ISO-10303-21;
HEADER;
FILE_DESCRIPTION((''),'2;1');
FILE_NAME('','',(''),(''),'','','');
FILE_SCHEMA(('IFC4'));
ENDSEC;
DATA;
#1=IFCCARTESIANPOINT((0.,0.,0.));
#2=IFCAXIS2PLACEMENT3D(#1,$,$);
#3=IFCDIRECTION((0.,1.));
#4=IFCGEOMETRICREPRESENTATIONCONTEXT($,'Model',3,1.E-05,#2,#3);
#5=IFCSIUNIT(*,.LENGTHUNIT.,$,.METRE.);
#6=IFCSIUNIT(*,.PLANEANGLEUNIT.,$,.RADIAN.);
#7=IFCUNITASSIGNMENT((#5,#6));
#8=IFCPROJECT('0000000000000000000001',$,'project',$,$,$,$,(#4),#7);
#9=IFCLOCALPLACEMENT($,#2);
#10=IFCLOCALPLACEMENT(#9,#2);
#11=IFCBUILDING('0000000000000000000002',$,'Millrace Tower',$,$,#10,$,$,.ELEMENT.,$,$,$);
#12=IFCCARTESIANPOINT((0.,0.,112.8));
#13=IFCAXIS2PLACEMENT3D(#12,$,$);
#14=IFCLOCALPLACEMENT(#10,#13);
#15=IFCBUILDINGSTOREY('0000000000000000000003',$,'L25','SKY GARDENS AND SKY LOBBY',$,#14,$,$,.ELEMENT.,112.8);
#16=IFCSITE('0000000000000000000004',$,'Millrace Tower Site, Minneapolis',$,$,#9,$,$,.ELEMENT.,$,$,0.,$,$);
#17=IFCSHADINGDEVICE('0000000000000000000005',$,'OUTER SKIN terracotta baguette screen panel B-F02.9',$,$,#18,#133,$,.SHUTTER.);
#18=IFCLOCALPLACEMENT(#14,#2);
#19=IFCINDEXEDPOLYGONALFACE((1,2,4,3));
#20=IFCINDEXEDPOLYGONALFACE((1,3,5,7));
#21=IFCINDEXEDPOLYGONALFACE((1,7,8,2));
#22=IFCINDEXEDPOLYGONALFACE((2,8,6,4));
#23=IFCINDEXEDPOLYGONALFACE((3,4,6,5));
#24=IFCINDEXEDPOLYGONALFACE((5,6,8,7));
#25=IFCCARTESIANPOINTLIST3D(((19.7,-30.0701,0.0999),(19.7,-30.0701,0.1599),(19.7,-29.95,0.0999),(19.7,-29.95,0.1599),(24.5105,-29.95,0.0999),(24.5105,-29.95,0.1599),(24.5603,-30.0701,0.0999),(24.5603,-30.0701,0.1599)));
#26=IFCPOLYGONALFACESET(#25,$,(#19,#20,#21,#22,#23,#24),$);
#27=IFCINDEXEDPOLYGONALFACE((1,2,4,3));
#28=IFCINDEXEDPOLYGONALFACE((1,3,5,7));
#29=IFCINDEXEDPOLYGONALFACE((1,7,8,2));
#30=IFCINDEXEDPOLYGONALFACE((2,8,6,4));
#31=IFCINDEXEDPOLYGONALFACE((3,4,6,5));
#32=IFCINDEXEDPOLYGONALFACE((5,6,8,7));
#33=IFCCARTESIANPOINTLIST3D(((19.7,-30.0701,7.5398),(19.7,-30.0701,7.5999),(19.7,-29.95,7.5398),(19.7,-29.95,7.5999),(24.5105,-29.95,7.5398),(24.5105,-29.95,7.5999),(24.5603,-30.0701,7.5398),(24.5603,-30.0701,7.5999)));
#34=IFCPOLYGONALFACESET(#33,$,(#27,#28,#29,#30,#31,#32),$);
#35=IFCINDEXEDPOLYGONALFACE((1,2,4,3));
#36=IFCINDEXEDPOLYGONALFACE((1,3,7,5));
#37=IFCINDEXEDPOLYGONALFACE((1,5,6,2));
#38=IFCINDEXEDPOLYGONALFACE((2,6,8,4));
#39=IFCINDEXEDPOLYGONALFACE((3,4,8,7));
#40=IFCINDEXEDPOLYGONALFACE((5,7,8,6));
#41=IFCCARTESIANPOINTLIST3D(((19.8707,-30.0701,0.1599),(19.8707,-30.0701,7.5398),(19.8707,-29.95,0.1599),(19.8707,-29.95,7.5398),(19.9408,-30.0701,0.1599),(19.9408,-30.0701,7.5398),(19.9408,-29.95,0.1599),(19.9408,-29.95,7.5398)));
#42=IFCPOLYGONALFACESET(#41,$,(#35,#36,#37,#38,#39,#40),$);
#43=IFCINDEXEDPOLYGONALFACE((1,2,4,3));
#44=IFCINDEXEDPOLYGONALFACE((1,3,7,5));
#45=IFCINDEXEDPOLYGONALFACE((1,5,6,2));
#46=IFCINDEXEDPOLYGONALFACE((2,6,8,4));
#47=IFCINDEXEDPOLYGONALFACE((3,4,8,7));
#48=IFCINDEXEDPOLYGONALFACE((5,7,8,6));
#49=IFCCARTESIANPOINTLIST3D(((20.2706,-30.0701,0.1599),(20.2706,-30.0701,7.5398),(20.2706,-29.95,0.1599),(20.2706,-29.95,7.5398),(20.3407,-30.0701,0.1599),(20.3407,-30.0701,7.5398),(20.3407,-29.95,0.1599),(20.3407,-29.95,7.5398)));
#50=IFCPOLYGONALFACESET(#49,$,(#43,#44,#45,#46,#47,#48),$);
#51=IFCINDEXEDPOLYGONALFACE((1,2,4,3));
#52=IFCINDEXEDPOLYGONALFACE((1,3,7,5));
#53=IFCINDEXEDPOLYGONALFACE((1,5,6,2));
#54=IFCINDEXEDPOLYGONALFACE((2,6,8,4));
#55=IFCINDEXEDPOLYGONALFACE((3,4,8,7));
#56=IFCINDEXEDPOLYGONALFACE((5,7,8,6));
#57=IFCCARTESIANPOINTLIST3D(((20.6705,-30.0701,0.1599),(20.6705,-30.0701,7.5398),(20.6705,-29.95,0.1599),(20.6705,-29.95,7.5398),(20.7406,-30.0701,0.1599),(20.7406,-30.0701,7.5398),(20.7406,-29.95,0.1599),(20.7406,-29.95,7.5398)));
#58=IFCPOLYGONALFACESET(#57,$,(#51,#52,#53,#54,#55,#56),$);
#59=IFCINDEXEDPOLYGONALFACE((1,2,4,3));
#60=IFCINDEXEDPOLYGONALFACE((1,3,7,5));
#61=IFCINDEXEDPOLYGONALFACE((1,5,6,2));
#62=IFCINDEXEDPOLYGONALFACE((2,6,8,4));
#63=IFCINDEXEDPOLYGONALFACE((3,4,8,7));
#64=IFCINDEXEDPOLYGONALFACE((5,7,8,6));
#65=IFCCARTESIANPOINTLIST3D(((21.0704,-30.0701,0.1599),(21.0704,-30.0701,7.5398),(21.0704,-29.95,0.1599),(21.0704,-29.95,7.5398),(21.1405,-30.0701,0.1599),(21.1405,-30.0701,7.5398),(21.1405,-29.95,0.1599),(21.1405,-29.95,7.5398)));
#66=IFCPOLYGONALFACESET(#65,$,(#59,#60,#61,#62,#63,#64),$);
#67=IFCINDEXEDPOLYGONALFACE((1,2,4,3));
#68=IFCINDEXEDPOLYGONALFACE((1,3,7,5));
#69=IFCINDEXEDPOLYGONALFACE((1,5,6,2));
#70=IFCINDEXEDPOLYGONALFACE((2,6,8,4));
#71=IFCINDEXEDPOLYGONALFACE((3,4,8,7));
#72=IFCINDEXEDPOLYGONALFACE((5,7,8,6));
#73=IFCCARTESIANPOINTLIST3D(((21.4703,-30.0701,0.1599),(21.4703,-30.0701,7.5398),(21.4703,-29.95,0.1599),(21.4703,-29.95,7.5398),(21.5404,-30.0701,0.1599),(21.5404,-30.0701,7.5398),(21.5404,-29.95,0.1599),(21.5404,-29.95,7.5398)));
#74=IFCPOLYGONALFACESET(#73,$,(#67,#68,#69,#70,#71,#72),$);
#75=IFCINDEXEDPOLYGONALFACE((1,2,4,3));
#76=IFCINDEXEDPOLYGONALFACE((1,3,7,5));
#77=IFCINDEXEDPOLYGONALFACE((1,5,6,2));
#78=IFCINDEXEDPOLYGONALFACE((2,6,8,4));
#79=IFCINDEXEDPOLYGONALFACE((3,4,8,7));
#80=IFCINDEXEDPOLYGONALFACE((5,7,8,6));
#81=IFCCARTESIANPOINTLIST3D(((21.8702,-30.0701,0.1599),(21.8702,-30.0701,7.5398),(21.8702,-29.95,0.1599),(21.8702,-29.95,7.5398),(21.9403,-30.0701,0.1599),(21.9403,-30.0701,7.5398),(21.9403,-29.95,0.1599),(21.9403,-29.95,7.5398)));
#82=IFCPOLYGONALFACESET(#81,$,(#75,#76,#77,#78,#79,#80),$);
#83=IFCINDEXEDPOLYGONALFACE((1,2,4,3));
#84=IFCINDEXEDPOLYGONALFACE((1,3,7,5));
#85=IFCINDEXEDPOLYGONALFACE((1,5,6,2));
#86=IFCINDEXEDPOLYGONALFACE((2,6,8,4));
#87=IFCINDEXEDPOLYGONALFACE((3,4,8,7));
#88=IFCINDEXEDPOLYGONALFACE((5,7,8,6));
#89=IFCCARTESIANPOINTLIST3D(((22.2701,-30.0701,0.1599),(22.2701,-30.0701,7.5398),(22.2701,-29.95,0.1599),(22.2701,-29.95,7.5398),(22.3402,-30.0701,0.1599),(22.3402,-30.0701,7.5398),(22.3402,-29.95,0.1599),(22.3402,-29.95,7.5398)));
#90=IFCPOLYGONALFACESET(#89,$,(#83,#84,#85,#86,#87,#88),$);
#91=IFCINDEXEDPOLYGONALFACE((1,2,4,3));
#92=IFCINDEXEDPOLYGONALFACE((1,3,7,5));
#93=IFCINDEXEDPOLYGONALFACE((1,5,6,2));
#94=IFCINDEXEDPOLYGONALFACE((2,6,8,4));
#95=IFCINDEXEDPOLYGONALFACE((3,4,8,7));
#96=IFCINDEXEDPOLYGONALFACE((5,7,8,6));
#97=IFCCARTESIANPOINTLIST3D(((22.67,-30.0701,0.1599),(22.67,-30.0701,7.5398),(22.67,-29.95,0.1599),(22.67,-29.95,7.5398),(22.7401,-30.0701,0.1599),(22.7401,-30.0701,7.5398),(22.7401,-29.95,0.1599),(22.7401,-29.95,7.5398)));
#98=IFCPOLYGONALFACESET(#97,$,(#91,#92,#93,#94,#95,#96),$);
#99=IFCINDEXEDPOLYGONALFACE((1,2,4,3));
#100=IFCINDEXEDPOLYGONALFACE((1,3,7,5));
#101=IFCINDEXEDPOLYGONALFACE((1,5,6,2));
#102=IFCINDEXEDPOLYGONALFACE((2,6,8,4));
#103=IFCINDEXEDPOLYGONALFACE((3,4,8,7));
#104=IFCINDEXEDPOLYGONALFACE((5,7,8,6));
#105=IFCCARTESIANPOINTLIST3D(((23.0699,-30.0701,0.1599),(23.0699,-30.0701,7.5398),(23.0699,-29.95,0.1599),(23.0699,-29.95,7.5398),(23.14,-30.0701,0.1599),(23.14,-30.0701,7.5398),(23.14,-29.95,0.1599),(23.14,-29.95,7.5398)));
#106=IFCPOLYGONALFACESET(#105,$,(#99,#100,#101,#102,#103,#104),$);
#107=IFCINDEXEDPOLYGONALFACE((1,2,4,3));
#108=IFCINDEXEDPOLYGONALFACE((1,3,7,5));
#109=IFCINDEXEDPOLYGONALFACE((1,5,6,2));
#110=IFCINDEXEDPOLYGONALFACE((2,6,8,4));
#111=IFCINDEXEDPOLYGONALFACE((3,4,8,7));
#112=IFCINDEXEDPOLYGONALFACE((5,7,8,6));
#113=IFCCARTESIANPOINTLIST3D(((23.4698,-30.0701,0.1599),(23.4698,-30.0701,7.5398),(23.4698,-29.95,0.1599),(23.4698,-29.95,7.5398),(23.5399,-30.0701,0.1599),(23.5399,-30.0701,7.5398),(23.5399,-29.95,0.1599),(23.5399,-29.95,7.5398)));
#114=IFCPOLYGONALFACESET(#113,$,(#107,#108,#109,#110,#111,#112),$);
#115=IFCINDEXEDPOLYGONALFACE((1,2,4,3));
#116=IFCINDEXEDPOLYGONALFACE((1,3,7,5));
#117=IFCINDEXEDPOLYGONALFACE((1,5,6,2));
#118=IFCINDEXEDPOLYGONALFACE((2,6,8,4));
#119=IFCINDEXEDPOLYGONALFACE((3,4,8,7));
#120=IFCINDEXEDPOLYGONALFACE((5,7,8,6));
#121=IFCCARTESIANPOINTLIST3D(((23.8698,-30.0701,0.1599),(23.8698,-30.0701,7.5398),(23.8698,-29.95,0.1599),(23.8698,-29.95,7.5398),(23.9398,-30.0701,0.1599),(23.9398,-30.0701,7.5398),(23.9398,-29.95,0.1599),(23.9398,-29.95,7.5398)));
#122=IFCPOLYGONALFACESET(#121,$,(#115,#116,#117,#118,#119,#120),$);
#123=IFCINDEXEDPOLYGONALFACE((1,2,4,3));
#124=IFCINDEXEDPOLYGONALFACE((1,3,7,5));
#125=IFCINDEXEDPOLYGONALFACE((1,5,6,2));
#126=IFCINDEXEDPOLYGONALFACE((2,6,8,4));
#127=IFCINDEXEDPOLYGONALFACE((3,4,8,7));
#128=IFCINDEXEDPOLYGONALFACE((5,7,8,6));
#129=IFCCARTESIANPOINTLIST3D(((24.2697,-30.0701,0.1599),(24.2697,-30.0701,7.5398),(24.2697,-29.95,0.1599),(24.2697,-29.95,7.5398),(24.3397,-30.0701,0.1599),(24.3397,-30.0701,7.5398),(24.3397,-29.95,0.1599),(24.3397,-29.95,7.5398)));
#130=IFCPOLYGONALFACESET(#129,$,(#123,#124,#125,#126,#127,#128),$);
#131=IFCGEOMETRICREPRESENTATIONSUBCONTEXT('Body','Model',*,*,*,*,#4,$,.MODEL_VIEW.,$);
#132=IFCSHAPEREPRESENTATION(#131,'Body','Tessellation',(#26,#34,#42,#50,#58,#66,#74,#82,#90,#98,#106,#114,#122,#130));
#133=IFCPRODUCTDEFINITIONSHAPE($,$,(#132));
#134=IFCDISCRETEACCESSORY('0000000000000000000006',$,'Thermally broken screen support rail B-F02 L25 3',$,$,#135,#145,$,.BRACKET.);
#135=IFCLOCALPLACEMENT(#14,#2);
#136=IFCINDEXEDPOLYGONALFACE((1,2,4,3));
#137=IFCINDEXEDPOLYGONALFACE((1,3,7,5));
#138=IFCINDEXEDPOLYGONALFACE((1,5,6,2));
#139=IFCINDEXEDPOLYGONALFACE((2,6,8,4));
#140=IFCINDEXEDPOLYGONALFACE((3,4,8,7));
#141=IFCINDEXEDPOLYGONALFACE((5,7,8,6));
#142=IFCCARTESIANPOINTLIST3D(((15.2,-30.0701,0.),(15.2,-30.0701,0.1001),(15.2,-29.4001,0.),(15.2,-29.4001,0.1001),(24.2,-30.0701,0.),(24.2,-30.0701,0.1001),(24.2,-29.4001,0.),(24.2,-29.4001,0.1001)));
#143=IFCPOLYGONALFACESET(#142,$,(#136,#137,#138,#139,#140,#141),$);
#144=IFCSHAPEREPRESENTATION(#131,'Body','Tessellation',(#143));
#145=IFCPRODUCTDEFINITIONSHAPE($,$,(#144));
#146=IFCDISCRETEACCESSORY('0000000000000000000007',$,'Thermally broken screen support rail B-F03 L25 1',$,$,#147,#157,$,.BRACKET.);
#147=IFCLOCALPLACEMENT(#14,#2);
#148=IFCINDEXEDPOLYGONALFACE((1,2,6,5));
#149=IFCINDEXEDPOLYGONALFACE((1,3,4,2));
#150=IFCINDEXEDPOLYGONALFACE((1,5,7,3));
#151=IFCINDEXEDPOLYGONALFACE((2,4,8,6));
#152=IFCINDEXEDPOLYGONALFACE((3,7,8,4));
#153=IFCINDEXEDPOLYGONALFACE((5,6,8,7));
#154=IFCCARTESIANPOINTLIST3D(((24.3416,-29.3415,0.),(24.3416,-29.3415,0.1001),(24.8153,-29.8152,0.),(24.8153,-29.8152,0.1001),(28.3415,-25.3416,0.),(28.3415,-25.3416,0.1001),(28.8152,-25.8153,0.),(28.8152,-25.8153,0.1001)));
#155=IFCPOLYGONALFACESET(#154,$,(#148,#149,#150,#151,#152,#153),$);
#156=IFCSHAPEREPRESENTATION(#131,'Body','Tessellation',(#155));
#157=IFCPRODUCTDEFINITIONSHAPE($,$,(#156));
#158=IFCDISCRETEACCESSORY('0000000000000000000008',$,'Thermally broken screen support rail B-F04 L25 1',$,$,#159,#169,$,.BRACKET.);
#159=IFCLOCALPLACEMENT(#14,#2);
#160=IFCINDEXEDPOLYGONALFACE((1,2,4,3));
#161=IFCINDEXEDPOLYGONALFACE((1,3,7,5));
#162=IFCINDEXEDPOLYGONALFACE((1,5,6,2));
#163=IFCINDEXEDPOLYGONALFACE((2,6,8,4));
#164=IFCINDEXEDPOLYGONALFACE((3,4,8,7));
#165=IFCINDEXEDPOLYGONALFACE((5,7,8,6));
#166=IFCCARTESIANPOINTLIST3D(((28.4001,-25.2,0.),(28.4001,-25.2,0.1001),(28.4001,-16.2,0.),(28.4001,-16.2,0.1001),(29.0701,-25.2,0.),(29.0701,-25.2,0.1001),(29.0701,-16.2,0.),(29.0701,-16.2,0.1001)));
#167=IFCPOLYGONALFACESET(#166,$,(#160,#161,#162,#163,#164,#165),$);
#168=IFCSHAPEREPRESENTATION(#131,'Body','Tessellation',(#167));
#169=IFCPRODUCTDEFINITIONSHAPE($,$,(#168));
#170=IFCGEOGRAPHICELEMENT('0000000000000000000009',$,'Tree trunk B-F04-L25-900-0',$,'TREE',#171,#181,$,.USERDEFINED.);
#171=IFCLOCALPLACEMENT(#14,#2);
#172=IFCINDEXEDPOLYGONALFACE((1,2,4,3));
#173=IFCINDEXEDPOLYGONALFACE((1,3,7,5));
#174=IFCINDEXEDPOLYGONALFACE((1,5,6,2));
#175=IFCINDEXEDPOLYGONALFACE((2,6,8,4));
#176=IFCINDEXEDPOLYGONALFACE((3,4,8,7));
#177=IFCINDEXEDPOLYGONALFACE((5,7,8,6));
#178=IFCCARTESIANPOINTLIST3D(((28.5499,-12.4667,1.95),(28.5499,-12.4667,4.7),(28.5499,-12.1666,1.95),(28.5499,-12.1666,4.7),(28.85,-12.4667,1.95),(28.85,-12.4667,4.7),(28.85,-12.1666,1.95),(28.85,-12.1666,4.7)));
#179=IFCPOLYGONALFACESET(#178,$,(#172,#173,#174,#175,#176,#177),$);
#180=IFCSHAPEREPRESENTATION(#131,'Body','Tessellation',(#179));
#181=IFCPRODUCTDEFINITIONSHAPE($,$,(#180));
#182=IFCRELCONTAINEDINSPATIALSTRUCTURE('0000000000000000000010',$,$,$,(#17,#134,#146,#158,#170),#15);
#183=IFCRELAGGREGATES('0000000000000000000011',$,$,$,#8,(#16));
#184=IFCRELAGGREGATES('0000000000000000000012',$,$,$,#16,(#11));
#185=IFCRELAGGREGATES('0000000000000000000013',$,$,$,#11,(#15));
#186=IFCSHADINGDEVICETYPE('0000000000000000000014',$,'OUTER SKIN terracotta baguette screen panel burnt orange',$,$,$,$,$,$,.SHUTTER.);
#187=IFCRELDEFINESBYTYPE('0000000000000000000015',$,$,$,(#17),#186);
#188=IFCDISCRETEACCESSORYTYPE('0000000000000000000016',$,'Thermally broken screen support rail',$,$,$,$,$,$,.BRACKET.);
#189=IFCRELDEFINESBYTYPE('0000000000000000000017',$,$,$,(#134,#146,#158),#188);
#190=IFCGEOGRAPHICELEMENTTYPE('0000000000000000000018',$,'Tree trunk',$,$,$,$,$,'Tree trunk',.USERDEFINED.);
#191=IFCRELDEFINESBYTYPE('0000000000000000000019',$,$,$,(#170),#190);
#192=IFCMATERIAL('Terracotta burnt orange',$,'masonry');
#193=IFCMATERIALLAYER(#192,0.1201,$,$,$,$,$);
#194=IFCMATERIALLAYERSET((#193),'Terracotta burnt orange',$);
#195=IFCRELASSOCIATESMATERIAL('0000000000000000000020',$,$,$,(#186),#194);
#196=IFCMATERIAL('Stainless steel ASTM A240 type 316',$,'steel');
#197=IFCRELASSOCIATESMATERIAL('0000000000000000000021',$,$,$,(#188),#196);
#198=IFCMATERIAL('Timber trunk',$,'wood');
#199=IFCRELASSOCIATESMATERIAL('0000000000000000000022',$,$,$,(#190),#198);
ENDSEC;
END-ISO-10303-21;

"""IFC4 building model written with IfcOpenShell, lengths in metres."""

from ifc_helpers import new_model, entity, si_unit, direction, frame, frame_2d, origin, origin_2d, place, context, subcontext, project, spatial, rectangle, extrude, source, transform, mapped, material, layer, layer_set, type_object, element, save


model = new_model("IFC4")

# Units and contexts
model_context = context("Model", 3, precision=1e-05, world=origin(), true_north=direction((0.0, 1.0)))
body_context = subcontext(model_context, "Body", "Model", "MODEL_VIEW")
ifc_project = project(units=[si_unit("LENGTHUNIT", "METRE"), si_unit("PLANEANGLEUNIT", "RADIAN")], contexts=[model_context])

# Site, building, storey
site_placement = place(None, origin())
site = spatial("IfcSite", under=ifc_project, at=site_placement, Name="Millrace Tower Site, Minneapolis", CompositionType="ELEMENT", RefElevation=0.0)
building_placement = place(site_placement, origin())
building = spatial("IfcBuilding", under=site, at=building_placement, Name="Millrace Tower", CompositionType="ELEMENT")
storey_placement = place(building_placement, frame((0.0, 0.0, 112.8)))
storey = spatial("IfcBuildingStorey", under=building, at=storey_placement, Name="L25", Description="SKY GARDENS AND SKY LOBBY", CompositionType="ELEMENT", Elevation=112.8)

# Shading device
ifc_material_1 = material(Name="Terracotta burnt orange", Category="masonry")
ifc_layer_1 = layer(ifc_material_1, 0.1201)
ifc_layer_set_1 = layer_set([ifc_layer_1], Name="Terracotta burnt orange")
shading_device_type = type_object("IfcShadingDeviceType", Name="OUTER SKIN terracotta baguette screen panel burnt orange", PredefinedType="SHUTTER", material=ifc_layer_set_1)
cartesian_point_1 = entity("IfcCartesianPoint", [-2.4177, 0.0601])
shared_polyline_1 = entity("IfcPolyline", [cartesian_point_1, entity("IfcCartesianPoint", [2.3928, 0.0601]), entity("IfcCartesianPoint", [2.4426, -0.0601]), entity("IfcCartesianPoint", [-2.4177, -0.0601]), cartesian_point_1])
shared_shape_1 = source(origin(), body_context, "Body", "SweptSolid", [
    entity("IfcExtrudedAreaSolid", entity("IfcArbitraryClosedProfileDef", "AREA", None, shared_polyline_1), entity("IfcAxis2Placement3D", entity("IfcCartesianPoint", [0.0, 0.0, 0.0])), entity("IfcDirection", [0.0, 0.0, 1.0]), 0.0601),
    entity("IfcExtrudedAreaSolid", entity("IfcArbitraryClosedProfileDef", "AREA", None, shared_polyline_1), entity("IfcAxis2Placement3D", entity("IfcCartesianPoint", [0.0, 0.0, 7.4399])), entity("IfcDirection", [0.0, 0.0, 1.0]), 0.0601),
    extrude(rectangle(XDim=0.0701, YDim=0.1201, at=frame_2d((-2.2119, 0.0))), frame((0.0, 0.0, 0.0601)), (0.0, 0.0, 1.0), 7.3799),
    extrude(rectangle(XDim=0.0701, YDim=0.1201, at=frame_2d((-1.812, 0.0))), frame((0.0, 0.0, 0.0601)), (0.0, 0.0, 1.0), 7.3799),
    extrude(rectangle(XDim=0.0701, YDim=0.1201, at=frame_2d((-1.4121, 0.0))), frame((0.0, 0.0, 0.0601)), (0.0, 0.0, 1.0), 7.3799),
    extrude(rectangle(XDim=0.0701, YDim=0.1201, at=frame_2d((-1.0122, 0.0))), frame((0.0, 0.0, 0.0601)), (0.0, 0.0, 1.0), 7.3799),
    extrude(rectangle(XDim=0.0701, YDim=0.1201, at=frame_2d((-0.6123, 0.0))), frame((0.0, 0.0, 0.0601)), (0.0, 0.0, 1.0), 7.3799),
    extrude(rectangle(XDim=0.0701, YDim=0.1201, at=frame_2d((-0.2124, 0.0))), frame((0.0, 0.0, 0.0601)), (0.0, 0.0, 1.0), 7.3799),
    extrude(rectangle(XDim=0.0701, YDim=0.1201, at=frame_2d((0.1875, 0.0))), frame((0.0, 0.0, 0.0601)), (0.0, 0.0, 1.0), 7.3799),
    extrude(rectangle(XDim=0.0701, YDim=0.1201, at=frame_2d((0.5874, 0.0))), frame((0.0, 0.0, 0.0601)), (0.0, 0.0, 1.0), 7.3799),
    extrude(rectangle(XDim=0.0701, YDim=0.1201, at=frame_2d((0.9873, 0.0))), frame((0.0, 0.0, 0.0601)), (0.0, 0.0, 1.0), 7.3799),
    extrude(rectangle(XDim=0.0701, YDim=0.1201, at=frame_2d((1.3872, 0.0))), frame((0.0, 0.0, 0.0601)), (0.0, 0.0, 1.0), 7.3799),
    extrude(rectangle(XDim=0.0701, YDim=0.1201, at=frame_2d((1.7871, 0.0))), frame((0.0, 0.0, 0.0601)), (0.0, 0.0, 1.0), 7.3799),
    extrude(rectangle(XDim=0.0701, YDim=0.1201, at=frame_2d((2.187, 0.0))), frame((0.0, 0.0, 0.0601)), (0.0, 0.0, 1.0), 7.3799),
])
shading_device_1_placement = place(storey_placement, frame((22.1177, -30.01, 0.0999), z_axis=(0.0, 0.0, 1.0), x_axis=(1.0, 0.0, 0.0)))
element("IfcShadingDevice", 1, at=shading_device_1_placement, inside=storey, type_object=shading_device_type, Name="OUTER SKIN terracotta baguette screen panel B-F02.9", PredefinedType="SHUTTER", context=body_context, shape_type="MappedRepresentation", body=[
    mapped(shared_shape_1, transform((0.0, 0.0, 0.0), scale=1.0)),
])

# Discrete accessories
ifc_material_2 = material(Name="Stainless steel ASTM A240 type 316", Category="steel")
discrete_accessory_type = type_object("IfcDiscreteAccessoryType", Name="Thermally broken screen support rail", PredefinedType="BRACKET", material=ifc_material_2)
discrete_accessory_1_placement = place(storey_placement, frame((19.7, -29.7351, 0.0), z_axis=(0.0, 0.0, 1.0), x_axis=(1.0, 0.0, 0.0)))
element("IfcDiscreteAccessory", 2, at=discrete_accessory_1_placement, inside=storey, type_object=discrete_accessory_type, Name="Thermally broken screen support rail B-F02 L25 3", PredefinedType="BRACKET", context=body_context, shape_type="SweptSolid", body=[
    extrude(rectangle(XDim=9.0, YDim=0.6699, at=origin_2d()), origin(), (0.0, 0.0, 1.0), 0.1001),
])
discrete_accessory_2_placement = place(storey_placement, frame((26.5784, -27.5784, 0.0), z_axis=(0.0, 0.0, 1.0), x_axis=(0.707107, 0.707107, 0.0)))
element("IfcDiscreteAccessory", 3, at=discrete_accessory_2_placement, inside=storey, type_object=discrete_accessory_type, Name="Thermally broken screen support rail B-F03 L25 1", PredefinedType="BRACKET", context=body_context, shape_type="SweptSolid", body=[
    extrude(rectangle(XDim=5.6567, YDim=0.6699, at=origin_2d()), origin(), (0.0, 0.0, 1.0), 0.1001),
])
discrete_accessory_3_placement = place(storey_placement, frame((28.7351, -20.7, 0.0), z_axis=(0.0, 0.0, 1.0), x_axis=(0.0, 1.0, 0.0)))
element("IfcDiscreteAccessory", 4, at=discrete_accessory_3_placement, inside=storey, type_object=discrete_accessory_type, Name="Thermally broken screen support rail B-F04 L25 1", PredefinedType="BRACKET", context=body_context, shape_type="SweptSolid", body=[
    extrude(rectangle(XDim=9.0, YDim=0.6699, at=origin_2d()), origin(), (0.0, 0.0, 1.0), 0.1001),
])

# Geographic element
ifc_material_3 = material(Name="Timber trunk", Category="wood")
geographic_element_type = type_object("IfcGeographicElementType", Name="Tree trunk", ElementType="Tree trunk", PredefinedType="USERDEFINED", material=ifc_material_3)
geographic_element_placement = place(storey_placement, frame((28.7, -12.3167, 1.95), z_axis=(0.0, 0.0, 1.0), x_axis=(1.0, 0.0, 0.0)))
element("IfcGeographicElement", 5, at=geographic_element_placement, inside=storey, type_object=geographic_element_type, Name="Tree trunk B-F04-L25-900-0", ObjectType="TREE", PredefinedType="USERDEFINED", context=body_context, shape_type="SweptSolid", body=[
    extrude(rectangle(XDim=0.3, YDim=0.3, at=origin_2d()), origin(), (0.0, 0.0, 1.0), 2.75),
])

save(model, "model.ifc")
